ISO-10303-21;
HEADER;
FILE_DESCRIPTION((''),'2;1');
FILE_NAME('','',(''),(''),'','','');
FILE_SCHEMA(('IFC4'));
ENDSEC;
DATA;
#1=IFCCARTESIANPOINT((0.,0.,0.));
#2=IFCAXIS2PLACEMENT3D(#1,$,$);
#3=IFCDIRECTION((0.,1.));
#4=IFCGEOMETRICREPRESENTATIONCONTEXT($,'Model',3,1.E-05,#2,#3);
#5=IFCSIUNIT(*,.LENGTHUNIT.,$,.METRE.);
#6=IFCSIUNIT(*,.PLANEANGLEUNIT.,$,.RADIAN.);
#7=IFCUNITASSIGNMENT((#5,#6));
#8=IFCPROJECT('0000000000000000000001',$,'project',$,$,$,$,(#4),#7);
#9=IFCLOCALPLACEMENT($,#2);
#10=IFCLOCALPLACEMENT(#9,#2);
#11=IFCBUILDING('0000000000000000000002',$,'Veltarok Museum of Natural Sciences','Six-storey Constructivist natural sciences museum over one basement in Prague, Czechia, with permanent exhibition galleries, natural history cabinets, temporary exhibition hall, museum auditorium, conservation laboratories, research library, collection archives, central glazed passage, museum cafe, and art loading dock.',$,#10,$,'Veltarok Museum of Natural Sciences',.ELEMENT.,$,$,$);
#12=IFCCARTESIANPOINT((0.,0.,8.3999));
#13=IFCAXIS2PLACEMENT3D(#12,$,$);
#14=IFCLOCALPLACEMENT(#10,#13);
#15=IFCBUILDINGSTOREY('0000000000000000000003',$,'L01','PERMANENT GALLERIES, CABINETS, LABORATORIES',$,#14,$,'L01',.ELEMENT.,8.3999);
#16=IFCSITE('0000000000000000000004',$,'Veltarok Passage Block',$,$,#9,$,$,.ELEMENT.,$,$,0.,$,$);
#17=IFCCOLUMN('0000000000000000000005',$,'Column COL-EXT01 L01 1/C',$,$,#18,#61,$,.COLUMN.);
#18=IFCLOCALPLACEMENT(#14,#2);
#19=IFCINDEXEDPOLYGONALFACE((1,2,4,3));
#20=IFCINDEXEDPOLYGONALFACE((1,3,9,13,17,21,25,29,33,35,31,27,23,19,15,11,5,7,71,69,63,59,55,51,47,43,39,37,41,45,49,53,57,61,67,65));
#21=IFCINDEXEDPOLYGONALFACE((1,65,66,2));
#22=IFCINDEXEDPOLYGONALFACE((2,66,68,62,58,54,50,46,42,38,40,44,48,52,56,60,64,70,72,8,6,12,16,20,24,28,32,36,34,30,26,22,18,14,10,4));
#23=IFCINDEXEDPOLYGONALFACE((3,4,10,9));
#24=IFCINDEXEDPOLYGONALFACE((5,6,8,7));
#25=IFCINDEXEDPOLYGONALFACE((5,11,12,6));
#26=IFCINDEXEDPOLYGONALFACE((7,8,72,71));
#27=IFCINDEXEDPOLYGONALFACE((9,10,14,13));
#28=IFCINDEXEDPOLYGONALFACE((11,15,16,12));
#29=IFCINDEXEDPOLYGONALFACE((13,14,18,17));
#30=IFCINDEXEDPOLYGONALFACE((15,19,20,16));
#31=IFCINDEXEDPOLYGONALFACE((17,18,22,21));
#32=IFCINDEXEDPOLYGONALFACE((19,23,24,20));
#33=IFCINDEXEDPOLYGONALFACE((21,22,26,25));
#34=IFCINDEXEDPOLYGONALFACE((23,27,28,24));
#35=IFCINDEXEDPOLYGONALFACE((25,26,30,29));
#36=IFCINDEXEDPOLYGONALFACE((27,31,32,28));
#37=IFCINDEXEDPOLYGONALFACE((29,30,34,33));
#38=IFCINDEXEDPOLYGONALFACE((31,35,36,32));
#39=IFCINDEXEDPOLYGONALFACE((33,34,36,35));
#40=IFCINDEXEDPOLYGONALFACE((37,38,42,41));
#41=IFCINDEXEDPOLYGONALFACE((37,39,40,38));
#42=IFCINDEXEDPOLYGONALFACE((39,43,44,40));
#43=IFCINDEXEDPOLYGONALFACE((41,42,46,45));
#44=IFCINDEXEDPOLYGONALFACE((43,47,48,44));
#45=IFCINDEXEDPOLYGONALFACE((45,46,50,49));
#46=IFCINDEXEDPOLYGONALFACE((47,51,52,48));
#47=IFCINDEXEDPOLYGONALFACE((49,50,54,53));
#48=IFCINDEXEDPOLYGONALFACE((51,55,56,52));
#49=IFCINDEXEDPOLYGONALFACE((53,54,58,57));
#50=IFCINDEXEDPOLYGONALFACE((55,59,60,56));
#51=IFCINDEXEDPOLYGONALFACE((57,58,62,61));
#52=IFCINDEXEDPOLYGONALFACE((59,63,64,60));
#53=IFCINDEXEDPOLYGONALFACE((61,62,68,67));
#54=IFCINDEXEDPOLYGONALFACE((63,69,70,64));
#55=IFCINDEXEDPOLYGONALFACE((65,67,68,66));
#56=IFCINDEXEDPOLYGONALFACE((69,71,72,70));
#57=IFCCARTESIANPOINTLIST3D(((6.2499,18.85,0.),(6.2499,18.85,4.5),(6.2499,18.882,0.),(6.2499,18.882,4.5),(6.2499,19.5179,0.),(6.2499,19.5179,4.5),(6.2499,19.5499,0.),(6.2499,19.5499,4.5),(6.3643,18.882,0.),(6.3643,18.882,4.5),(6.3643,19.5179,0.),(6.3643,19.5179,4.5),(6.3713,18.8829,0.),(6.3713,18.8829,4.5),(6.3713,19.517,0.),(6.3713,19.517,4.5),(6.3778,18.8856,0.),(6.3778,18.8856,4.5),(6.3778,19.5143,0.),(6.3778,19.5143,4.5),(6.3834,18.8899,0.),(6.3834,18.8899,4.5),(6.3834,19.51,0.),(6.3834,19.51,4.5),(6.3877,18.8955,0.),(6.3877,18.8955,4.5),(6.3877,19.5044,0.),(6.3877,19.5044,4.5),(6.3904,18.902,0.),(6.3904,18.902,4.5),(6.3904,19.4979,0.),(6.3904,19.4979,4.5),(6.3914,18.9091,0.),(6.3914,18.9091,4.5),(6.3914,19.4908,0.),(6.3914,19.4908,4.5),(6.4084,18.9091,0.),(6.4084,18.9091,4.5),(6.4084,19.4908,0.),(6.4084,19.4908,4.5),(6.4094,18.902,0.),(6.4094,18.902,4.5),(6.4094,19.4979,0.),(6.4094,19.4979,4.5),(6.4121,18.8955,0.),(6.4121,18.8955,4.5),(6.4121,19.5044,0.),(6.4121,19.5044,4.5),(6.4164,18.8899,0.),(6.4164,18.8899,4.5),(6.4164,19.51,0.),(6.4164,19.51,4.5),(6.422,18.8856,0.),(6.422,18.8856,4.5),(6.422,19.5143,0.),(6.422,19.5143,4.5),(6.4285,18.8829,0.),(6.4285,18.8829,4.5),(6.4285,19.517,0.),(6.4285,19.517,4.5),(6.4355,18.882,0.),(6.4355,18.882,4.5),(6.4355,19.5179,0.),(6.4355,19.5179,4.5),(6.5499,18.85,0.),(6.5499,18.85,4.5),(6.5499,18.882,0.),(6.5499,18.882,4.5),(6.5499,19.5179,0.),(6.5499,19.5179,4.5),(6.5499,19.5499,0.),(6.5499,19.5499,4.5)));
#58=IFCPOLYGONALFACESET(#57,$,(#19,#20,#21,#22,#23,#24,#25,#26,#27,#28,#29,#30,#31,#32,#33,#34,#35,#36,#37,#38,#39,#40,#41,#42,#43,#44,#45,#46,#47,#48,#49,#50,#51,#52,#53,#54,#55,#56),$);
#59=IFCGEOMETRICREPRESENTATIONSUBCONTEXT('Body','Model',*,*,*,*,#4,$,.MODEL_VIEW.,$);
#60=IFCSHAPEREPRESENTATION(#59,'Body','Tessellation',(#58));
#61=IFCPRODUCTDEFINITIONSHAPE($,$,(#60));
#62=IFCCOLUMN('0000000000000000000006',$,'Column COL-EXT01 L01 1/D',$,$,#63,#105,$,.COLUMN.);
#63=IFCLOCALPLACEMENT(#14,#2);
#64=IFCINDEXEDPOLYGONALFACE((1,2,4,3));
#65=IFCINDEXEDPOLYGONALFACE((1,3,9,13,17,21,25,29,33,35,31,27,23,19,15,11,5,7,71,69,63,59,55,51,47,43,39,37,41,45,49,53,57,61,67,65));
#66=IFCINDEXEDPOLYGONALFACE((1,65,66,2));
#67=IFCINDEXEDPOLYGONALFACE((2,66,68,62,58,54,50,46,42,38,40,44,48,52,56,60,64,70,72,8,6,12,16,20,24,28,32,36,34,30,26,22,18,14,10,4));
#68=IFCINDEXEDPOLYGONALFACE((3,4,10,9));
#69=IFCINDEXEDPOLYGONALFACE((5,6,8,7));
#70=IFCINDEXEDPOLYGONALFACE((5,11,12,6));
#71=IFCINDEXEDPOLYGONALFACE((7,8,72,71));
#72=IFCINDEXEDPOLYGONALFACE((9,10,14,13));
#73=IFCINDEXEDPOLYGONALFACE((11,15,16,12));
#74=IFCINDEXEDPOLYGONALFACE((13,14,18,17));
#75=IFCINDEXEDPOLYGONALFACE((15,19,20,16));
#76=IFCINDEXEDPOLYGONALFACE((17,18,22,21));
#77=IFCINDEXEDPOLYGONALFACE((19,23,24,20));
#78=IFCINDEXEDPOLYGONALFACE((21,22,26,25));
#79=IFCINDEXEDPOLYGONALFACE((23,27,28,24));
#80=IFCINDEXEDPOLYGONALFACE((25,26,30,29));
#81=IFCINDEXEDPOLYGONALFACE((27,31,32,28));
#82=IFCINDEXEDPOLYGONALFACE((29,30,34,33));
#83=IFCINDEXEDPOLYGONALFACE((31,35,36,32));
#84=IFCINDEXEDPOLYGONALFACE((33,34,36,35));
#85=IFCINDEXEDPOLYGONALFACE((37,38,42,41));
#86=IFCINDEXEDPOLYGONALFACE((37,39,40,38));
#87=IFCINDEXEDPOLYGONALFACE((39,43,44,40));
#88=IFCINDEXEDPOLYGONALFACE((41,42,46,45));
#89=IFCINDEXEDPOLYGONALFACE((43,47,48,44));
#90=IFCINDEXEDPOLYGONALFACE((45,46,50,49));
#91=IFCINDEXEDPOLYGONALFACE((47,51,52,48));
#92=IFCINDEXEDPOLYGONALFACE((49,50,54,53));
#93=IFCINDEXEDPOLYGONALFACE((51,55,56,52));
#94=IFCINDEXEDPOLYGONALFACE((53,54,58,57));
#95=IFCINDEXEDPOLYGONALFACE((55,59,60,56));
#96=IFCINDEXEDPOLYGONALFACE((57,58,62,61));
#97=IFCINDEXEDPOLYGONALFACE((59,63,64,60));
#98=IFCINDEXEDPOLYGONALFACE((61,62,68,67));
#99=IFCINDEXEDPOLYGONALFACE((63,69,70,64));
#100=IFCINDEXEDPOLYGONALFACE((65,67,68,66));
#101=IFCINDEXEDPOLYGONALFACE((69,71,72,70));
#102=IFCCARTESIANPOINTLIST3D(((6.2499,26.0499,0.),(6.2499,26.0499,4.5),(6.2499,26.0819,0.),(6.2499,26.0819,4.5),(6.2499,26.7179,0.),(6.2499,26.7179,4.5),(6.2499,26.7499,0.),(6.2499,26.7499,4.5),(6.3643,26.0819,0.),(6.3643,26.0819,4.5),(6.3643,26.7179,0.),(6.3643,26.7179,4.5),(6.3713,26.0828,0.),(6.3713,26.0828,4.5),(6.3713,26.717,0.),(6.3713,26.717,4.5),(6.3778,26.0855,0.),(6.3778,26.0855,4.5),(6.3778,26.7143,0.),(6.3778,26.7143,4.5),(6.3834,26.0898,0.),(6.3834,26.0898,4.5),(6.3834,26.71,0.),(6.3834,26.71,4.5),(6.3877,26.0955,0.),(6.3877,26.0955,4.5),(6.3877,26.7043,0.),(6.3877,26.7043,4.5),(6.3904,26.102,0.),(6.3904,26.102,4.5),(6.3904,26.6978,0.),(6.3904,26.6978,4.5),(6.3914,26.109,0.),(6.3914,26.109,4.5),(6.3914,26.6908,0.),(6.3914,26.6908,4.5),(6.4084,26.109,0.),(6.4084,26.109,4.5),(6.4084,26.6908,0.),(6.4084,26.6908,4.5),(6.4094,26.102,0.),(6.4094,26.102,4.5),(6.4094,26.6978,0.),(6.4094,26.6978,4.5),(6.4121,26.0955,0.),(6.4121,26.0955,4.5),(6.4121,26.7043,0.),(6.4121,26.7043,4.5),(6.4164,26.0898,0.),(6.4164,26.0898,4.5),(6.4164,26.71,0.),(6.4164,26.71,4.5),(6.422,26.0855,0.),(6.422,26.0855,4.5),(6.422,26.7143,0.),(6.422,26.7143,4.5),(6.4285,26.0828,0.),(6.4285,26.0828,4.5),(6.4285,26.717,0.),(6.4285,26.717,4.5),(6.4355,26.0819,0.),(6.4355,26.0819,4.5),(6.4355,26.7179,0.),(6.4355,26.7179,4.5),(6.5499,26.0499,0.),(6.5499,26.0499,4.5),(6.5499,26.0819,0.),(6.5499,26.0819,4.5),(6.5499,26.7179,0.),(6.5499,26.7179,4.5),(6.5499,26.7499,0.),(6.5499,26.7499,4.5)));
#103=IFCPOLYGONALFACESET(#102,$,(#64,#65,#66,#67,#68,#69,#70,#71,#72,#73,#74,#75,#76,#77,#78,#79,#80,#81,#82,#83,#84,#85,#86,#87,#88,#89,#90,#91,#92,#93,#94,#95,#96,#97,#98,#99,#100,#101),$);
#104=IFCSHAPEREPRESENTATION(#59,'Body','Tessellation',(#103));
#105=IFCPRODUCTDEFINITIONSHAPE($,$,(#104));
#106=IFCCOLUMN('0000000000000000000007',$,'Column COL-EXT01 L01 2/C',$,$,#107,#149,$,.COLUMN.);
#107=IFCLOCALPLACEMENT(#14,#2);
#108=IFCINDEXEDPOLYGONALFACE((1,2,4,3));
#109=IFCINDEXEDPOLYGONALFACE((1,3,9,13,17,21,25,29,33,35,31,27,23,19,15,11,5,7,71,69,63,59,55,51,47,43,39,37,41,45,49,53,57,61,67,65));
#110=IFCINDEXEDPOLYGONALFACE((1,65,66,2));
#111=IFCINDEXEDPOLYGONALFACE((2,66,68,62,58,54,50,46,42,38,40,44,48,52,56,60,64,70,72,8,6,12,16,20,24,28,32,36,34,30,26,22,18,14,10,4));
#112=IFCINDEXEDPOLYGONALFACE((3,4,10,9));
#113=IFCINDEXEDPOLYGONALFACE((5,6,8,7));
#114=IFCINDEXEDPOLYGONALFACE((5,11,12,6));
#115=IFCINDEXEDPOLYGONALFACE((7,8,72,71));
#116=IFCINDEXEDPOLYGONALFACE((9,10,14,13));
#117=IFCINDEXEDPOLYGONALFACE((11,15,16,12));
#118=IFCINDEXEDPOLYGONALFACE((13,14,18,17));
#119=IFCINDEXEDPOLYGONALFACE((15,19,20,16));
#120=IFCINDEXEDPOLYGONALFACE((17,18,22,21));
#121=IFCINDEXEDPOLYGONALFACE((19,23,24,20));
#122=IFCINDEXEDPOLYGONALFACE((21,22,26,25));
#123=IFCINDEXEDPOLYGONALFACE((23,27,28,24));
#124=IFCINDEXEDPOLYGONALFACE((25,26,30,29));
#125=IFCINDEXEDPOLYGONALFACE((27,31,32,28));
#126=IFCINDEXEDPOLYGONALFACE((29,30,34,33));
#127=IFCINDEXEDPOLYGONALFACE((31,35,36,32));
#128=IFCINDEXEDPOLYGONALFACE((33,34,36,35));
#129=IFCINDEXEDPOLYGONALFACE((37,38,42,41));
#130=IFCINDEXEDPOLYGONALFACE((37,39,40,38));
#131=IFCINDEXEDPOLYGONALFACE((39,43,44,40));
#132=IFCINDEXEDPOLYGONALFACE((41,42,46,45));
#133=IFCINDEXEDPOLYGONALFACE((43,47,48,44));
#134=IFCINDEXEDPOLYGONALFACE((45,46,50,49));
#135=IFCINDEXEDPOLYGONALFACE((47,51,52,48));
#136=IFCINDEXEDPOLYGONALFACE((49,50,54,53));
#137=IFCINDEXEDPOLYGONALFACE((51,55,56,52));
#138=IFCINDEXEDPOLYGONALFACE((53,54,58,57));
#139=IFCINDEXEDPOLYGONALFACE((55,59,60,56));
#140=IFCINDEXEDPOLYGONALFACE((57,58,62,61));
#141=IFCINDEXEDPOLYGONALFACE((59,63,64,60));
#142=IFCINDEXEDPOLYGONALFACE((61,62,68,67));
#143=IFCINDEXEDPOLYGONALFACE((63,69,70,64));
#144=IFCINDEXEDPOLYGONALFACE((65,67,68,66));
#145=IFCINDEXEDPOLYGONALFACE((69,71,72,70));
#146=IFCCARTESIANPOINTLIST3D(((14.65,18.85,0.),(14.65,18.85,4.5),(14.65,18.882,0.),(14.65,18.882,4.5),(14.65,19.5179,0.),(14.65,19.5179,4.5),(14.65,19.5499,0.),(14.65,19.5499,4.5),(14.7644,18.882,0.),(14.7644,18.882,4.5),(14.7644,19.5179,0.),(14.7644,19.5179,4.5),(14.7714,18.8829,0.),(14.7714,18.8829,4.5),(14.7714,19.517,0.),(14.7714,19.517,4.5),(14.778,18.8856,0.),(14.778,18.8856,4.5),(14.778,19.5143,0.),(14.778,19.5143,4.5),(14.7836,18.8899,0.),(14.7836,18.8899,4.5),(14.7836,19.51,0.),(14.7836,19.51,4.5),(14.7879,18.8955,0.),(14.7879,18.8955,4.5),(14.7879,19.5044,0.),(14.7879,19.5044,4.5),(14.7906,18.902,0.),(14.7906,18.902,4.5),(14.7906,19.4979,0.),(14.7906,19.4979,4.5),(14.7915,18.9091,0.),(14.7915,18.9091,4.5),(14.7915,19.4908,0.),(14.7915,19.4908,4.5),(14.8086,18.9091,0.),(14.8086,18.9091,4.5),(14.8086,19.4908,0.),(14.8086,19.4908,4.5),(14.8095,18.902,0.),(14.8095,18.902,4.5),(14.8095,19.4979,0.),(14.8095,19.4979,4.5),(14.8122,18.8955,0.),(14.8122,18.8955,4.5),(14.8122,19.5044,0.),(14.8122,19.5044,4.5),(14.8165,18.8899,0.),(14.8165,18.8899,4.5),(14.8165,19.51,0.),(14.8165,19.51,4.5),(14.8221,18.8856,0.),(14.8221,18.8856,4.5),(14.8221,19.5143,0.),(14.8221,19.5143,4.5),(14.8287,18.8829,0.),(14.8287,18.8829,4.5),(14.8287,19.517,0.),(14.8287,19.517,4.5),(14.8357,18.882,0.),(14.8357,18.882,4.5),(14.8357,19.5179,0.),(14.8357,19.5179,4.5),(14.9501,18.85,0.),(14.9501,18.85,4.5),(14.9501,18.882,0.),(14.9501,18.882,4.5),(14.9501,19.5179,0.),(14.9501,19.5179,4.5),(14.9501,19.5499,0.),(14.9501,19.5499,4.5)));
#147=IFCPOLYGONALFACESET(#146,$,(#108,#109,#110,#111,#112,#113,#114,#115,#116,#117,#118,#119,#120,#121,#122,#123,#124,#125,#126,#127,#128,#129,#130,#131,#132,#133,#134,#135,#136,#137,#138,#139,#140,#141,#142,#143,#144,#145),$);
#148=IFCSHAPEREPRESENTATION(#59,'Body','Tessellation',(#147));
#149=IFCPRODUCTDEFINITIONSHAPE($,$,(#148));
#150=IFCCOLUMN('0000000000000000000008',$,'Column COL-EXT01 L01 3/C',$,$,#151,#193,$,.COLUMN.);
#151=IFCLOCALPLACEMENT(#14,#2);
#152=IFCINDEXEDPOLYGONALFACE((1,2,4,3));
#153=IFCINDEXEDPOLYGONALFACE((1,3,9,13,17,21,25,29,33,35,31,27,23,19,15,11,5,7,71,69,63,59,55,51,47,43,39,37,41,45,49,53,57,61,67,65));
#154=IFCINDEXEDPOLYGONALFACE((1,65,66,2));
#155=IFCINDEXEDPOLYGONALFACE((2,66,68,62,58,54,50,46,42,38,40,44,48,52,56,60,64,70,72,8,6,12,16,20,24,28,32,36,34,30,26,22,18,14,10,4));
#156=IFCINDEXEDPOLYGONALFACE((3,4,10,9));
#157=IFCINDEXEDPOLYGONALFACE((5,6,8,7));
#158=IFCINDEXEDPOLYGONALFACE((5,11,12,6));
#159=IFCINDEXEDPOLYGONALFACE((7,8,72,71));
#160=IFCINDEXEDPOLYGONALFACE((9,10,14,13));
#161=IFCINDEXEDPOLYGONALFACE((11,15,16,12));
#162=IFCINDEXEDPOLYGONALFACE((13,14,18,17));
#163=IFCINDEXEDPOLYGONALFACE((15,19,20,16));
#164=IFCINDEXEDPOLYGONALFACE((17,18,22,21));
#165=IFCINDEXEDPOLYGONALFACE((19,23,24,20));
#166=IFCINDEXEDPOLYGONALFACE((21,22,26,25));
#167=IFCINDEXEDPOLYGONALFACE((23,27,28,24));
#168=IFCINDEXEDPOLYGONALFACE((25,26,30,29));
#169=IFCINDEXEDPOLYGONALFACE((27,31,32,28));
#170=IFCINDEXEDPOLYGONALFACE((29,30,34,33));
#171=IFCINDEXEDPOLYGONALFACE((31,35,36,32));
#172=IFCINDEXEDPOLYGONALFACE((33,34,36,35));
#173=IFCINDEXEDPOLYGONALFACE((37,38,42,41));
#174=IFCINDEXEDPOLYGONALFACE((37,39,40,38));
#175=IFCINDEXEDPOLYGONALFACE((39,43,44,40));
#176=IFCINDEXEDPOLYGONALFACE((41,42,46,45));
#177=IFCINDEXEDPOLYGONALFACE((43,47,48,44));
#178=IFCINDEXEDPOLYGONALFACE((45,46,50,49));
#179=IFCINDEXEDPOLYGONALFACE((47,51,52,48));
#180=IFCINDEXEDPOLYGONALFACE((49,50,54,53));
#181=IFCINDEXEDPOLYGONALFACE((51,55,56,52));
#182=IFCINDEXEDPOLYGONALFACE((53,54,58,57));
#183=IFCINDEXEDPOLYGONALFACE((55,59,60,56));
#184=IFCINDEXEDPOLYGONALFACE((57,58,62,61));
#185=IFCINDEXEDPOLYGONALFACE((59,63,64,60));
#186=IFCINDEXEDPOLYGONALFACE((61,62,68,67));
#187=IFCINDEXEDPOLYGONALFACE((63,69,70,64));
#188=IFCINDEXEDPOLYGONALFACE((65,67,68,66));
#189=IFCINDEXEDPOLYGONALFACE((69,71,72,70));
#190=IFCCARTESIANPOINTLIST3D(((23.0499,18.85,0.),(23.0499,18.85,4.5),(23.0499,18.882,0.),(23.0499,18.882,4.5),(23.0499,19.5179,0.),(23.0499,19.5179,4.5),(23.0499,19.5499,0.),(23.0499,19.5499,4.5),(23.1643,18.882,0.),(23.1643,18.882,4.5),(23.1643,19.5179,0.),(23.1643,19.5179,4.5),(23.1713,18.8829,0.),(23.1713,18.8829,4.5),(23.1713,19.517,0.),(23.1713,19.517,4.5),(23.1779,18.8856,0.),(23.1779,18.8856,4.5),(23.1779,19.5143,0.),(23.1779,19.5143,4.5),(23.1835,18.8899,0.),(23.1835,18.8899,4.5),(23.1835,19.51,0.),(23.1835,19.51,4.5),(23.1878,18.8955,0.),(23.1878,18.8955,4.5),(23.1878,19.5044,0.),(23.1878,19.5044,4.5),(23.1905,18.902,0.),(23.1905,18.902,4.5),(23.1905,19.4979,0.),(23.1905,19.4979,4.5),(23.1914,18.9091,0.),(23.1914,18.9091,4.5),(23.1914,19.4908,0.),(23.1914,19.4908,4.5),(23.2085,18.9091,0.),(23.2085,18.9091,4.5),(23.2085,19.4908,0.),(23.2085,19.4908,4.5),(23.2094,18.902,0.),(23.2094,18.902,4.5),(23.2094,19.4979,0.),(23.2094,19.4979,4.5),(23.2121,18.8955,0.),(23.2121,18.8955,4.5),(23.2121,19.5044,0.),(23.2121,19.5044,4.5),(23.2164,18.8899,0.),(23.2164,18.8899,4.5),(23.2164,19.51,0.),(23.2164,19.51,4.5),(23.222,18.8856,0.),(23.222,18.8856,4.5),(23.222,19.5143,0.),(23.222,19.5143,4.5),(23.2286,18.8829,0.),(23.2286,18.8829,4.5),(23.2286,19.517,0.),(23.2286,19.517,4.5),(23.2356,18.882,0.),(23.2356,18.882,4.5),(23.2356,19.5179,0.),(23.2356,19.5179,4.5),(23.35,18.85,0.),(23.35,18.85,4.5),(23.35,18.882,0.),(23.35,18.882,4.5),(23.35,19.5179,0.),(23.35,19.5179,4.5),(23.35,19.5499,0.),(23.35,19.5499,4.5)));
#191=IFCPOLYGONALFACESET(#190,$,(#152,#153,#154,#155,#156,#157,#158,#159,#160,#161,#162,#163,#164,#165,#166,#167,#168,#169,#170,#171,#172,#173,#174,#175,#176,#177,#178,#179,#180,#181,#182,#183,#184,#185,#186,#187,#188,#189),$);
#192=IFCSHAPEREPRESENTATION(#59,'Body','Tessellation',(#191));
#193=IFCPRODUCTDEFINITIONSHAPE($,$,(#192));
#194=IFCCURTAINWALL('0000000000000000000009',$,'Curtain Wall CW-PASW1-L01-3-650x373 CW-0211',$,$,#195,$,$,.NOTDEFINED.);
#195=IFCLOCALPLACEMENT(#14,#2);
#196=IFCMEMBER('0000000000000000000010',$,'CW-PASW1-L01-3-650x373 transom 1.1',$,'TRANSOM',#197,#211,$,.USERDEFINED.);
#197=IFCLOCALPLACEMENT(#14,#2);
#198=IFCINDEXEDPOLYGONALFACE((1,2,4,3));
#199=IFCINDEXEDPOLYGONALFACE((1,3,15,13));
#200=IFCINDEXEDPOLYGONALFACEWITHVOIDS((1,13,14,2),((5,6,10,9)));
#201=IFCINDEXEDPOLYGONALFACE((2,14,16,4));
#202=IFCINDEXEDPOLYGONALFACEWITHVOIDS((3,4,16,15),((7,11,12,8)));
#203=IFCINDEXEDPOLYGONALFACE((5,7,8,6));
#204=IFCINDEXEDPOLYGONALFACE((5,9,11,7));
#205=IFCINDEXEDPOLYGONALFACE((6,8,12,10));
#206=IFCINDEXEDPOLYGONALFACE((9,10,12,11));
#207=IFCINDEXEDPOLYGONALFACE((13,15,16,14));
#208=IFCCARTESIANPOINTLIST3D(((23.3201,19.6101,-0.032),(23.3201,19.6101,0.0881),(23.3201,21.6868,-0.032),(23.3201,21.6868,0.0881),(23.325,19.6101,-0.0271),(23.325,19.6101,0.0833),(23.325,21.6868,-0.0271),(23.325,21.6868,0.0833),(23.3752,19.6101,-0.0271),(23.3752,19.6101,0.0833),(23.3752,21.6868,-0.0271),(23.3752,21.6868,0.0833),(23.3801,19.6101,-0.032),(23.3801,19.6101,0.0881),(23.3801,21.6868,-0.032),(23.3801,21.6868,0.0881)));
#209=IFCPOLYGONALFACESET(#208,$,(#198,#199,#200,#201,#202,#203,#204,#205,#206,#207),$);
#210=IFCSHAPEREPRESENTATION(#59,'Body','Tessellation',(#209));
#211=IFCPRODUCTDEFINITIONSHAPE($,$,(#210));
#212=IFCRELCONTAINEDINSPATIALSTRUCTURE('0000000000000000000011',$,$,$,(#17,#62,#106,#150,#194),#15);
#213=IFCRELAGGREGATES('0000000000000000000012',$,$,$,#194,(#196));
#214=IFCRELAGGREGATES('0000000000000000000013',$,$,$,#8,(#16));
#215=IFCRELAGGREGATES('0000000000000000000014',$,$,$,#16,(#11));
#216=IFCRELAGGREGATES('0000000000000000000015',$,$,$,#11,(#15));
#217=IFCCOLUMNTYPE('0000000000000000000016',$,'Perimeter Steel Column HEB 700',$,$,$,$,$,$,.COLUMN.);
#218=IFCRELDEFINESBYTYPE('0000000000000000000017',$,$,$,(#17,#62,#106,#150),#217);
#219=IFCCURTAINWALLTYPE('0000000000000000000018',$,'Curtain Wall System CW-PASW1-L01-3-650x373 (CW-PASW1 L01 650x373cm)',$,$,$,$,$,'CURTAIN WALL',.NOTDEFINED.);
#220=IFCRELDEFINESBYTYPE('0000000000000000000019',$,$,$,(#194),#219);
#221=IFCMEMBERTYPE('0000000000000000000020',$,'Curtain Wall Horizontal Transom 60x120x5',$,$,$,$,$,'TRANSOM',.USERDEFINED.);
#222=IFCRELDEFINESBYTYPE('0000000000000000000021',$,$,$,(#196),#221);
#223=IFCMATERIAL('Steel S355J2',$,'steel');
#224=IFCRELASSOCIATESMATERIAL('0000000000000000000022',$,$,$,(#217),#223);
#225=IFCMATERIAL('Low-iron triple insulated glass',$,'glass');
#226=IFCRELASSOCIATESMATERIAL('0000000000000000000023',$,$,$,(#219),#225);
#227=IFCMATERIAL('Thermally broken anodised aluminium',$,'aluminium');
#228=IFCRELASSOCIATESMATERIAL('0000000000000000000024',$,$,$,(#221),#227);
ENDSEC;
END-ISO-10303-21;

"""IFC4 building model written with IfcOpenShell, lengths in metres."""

from ifc_helpers import new_model, si_unit, direction, frame, origin, origin_2d, place, context, subcontext, project, spatial, hollow_rectangle, i_section, extrude, material, material_profile, profile_set, type_object, element, aggregate, save


model = new_model("IFC4")

# Units and contexts
model_context = context("Model", 3, precision=1e-05, world=origin(), true_north=direction((0.0, 1.0)))
body_context = subcontext(model_context, "Body", "Model", "MODEL_VIEW")
ifc_project = project(units=[si_unit("LENGTHUNIT", "METRE"), si_unit("PLANEANGLEUNIT", "RADIAN")], contexts=[model_context])

# Site, building, storey
site_placement = place(None, origin())
site = spatial("IfcSite", under=ifc_project, at=site_placement, Name="Veltarok Passage Block", CompositionType="ELEMENT", RefElevation=0.0)
building_placement = place(site_placement, origin())
building = spatial("IfcBuilding", under=site, at=building_placement, Name="Veltarok Museum of Natural Sciences", Description="Six-storey Constructivist natural sciences museum over one basement in Prague, Czechia, with permanent exhibition galleries, natural history cabinets, temporary exhibition hall, museum auditorium, conservation laboratories, research library, collection archives, central glazed passage, museum cafe, and art loading dock.", LongName="Veltarok Museum of Natural Sciences", CompositionType="ELEMENT")
storey_placement = place(building_placement, frame((0.0, 0.0, 8.3999)))
storey = spatial("IfcBuildingStorey", under=building, at=storey_placement, Name="L01", Description="PERMANENT GALLERIES, CABINETS, LABORATORIES", LongName="L01", CompositionType="ELEMENT", Elevation=8.3999)

# Columns
ifc_material_1 = material(Name="Steel S355J2", Category="steel")
ifc_material_profile_1 = material_profile(ifc_material_1, i_section(OverallWidth=0.3, OverallDepth=0.7, WebThickness=0.0171, FlangeThickness=0.032, FilletRadius=0.0271, at=origin_2d()), Name="HEB 700")
ifc_profile_set_1 = profile_set([ifc_material_profile_1], Name="Steel S355J2")
column_type = type_object("IfcColumnType", Name="Perimeter Steel Column HEB 700", PredefinedType="COLUMN", material=ifc_profile_set_1)
for number, where, z_axis, x_axis, name in (
    (1, (6.3999, 19.2, 0.0), (0.0, 0.0, 1.0), (1.0, 0.0, 0.0), "Column COL-EXT01 L01 1/C"),
    (2, (6.3999, 26.3999, 0.0), (0.0, 0.0, 1.0), (1.0, 0.0, 0.0), "Column COL-EXT01 L01 1/D"),
    (3, (14.8, 19.2, 0.0), (0.0, 0.0, 1.0), (1.0, 0.0, 0.0), "Column COL-EXT01 L01 2/C"),
    (4, (23.2, 19.2, 0.0), (0.0, 0.0, 1.0), (1.0, 0.0, 0.0), "Column COL-EXT01 L01 3/C"),
):
    element("IfcColumn", number, at=place(storey_placement, frame(where, z_axis=z_axis, x_axis=x_axis)), inside=storey, type_object=column_type, Name=name, PredefinedType="COLUMN", context=body_context, shape_type="SweptSolid", body=[
        extrude(i_section(OverallWidth=0.3, OverallDepth=0.7, WebThickness=0.0171, FlangeThickness=0.032, FilletRadius=0.0271, at=origin_2d()), origin(), (0.0, 0.0, 1.0), 4.5),
    ])

# Curtain wall, member
ifc_material_2 = material(Name="Low-iron triple insulated glass", Category="glass")
curtain_wall_type_1 = type_object("IfcCurtainWallType", Name="Curtain Wall System CW-PASW1-L01-3-650x373 (CW-PASW1 L01 650x373cm)", ElementType="CURTAIN WALL", PredefinedType="NOTDEFINED", material=ifc_material_2)
curtain_wall_1_placement = place(storey_placement, origin())
curtain_wall_1 = element("IfcCurtainWall", 5, at=curtain_wall_1_placement, inside=storey, type_object=curtain_wall_type_1, Name="Curtain Wall CW-PASW1-L01-3-650x373 CW-0211", PredefinedType="NOTDEFINED")
ifc_material_3 = material(Name="Thermally broken anodised aluminium", Category="aluminium")
ifc_material_profile_2 = material_profile(ifc_material_3, hollow_rectangle(XDim=0.0601, YDim=0.1201, WallThickness=0.0049, at=origin_2d()), Name="CW TRANSOM 60x120x5")
ifc_profile_set_2 = profile_set([ifc_material_profile_2], Name="Thermally broken anodised aluminium")
member_type_1 = type_object("IfcMemberType", Name="Curtain Wall Horizontal Transom 60x120x5", ElementType="TRANSOM", PredefinedType="USERDEFINED", material=ifc_profile_set_2)
member_1_placement = place(storey_placement, frame((23.3501, 19.6101, 0.0281), z_axis=(0.0, 1.0, 0.0), x_axis=(-1.0, 0.0, 0.0)))
member_1 = element("IfcMember", 6, at=member_1_placement, type_object=member_type_1, Name="CW-PASW1-L01-3-650x373 transom 1.1", ObjectType="TRANSOM", PredefinedType="USERDEFINED", context=body_context, shape_type="SweptSolid", body=[
    extrude(hollow_rectangle(XDim=0.0601, YDim=0.1201, WallThickness=0.0049, at=origin_2d()), origin(), (0.0, 0.0, 1.0), 2.0767),
])

aggregate(curtain_wall_1, [member_1])

save(model, "model.ifc")
